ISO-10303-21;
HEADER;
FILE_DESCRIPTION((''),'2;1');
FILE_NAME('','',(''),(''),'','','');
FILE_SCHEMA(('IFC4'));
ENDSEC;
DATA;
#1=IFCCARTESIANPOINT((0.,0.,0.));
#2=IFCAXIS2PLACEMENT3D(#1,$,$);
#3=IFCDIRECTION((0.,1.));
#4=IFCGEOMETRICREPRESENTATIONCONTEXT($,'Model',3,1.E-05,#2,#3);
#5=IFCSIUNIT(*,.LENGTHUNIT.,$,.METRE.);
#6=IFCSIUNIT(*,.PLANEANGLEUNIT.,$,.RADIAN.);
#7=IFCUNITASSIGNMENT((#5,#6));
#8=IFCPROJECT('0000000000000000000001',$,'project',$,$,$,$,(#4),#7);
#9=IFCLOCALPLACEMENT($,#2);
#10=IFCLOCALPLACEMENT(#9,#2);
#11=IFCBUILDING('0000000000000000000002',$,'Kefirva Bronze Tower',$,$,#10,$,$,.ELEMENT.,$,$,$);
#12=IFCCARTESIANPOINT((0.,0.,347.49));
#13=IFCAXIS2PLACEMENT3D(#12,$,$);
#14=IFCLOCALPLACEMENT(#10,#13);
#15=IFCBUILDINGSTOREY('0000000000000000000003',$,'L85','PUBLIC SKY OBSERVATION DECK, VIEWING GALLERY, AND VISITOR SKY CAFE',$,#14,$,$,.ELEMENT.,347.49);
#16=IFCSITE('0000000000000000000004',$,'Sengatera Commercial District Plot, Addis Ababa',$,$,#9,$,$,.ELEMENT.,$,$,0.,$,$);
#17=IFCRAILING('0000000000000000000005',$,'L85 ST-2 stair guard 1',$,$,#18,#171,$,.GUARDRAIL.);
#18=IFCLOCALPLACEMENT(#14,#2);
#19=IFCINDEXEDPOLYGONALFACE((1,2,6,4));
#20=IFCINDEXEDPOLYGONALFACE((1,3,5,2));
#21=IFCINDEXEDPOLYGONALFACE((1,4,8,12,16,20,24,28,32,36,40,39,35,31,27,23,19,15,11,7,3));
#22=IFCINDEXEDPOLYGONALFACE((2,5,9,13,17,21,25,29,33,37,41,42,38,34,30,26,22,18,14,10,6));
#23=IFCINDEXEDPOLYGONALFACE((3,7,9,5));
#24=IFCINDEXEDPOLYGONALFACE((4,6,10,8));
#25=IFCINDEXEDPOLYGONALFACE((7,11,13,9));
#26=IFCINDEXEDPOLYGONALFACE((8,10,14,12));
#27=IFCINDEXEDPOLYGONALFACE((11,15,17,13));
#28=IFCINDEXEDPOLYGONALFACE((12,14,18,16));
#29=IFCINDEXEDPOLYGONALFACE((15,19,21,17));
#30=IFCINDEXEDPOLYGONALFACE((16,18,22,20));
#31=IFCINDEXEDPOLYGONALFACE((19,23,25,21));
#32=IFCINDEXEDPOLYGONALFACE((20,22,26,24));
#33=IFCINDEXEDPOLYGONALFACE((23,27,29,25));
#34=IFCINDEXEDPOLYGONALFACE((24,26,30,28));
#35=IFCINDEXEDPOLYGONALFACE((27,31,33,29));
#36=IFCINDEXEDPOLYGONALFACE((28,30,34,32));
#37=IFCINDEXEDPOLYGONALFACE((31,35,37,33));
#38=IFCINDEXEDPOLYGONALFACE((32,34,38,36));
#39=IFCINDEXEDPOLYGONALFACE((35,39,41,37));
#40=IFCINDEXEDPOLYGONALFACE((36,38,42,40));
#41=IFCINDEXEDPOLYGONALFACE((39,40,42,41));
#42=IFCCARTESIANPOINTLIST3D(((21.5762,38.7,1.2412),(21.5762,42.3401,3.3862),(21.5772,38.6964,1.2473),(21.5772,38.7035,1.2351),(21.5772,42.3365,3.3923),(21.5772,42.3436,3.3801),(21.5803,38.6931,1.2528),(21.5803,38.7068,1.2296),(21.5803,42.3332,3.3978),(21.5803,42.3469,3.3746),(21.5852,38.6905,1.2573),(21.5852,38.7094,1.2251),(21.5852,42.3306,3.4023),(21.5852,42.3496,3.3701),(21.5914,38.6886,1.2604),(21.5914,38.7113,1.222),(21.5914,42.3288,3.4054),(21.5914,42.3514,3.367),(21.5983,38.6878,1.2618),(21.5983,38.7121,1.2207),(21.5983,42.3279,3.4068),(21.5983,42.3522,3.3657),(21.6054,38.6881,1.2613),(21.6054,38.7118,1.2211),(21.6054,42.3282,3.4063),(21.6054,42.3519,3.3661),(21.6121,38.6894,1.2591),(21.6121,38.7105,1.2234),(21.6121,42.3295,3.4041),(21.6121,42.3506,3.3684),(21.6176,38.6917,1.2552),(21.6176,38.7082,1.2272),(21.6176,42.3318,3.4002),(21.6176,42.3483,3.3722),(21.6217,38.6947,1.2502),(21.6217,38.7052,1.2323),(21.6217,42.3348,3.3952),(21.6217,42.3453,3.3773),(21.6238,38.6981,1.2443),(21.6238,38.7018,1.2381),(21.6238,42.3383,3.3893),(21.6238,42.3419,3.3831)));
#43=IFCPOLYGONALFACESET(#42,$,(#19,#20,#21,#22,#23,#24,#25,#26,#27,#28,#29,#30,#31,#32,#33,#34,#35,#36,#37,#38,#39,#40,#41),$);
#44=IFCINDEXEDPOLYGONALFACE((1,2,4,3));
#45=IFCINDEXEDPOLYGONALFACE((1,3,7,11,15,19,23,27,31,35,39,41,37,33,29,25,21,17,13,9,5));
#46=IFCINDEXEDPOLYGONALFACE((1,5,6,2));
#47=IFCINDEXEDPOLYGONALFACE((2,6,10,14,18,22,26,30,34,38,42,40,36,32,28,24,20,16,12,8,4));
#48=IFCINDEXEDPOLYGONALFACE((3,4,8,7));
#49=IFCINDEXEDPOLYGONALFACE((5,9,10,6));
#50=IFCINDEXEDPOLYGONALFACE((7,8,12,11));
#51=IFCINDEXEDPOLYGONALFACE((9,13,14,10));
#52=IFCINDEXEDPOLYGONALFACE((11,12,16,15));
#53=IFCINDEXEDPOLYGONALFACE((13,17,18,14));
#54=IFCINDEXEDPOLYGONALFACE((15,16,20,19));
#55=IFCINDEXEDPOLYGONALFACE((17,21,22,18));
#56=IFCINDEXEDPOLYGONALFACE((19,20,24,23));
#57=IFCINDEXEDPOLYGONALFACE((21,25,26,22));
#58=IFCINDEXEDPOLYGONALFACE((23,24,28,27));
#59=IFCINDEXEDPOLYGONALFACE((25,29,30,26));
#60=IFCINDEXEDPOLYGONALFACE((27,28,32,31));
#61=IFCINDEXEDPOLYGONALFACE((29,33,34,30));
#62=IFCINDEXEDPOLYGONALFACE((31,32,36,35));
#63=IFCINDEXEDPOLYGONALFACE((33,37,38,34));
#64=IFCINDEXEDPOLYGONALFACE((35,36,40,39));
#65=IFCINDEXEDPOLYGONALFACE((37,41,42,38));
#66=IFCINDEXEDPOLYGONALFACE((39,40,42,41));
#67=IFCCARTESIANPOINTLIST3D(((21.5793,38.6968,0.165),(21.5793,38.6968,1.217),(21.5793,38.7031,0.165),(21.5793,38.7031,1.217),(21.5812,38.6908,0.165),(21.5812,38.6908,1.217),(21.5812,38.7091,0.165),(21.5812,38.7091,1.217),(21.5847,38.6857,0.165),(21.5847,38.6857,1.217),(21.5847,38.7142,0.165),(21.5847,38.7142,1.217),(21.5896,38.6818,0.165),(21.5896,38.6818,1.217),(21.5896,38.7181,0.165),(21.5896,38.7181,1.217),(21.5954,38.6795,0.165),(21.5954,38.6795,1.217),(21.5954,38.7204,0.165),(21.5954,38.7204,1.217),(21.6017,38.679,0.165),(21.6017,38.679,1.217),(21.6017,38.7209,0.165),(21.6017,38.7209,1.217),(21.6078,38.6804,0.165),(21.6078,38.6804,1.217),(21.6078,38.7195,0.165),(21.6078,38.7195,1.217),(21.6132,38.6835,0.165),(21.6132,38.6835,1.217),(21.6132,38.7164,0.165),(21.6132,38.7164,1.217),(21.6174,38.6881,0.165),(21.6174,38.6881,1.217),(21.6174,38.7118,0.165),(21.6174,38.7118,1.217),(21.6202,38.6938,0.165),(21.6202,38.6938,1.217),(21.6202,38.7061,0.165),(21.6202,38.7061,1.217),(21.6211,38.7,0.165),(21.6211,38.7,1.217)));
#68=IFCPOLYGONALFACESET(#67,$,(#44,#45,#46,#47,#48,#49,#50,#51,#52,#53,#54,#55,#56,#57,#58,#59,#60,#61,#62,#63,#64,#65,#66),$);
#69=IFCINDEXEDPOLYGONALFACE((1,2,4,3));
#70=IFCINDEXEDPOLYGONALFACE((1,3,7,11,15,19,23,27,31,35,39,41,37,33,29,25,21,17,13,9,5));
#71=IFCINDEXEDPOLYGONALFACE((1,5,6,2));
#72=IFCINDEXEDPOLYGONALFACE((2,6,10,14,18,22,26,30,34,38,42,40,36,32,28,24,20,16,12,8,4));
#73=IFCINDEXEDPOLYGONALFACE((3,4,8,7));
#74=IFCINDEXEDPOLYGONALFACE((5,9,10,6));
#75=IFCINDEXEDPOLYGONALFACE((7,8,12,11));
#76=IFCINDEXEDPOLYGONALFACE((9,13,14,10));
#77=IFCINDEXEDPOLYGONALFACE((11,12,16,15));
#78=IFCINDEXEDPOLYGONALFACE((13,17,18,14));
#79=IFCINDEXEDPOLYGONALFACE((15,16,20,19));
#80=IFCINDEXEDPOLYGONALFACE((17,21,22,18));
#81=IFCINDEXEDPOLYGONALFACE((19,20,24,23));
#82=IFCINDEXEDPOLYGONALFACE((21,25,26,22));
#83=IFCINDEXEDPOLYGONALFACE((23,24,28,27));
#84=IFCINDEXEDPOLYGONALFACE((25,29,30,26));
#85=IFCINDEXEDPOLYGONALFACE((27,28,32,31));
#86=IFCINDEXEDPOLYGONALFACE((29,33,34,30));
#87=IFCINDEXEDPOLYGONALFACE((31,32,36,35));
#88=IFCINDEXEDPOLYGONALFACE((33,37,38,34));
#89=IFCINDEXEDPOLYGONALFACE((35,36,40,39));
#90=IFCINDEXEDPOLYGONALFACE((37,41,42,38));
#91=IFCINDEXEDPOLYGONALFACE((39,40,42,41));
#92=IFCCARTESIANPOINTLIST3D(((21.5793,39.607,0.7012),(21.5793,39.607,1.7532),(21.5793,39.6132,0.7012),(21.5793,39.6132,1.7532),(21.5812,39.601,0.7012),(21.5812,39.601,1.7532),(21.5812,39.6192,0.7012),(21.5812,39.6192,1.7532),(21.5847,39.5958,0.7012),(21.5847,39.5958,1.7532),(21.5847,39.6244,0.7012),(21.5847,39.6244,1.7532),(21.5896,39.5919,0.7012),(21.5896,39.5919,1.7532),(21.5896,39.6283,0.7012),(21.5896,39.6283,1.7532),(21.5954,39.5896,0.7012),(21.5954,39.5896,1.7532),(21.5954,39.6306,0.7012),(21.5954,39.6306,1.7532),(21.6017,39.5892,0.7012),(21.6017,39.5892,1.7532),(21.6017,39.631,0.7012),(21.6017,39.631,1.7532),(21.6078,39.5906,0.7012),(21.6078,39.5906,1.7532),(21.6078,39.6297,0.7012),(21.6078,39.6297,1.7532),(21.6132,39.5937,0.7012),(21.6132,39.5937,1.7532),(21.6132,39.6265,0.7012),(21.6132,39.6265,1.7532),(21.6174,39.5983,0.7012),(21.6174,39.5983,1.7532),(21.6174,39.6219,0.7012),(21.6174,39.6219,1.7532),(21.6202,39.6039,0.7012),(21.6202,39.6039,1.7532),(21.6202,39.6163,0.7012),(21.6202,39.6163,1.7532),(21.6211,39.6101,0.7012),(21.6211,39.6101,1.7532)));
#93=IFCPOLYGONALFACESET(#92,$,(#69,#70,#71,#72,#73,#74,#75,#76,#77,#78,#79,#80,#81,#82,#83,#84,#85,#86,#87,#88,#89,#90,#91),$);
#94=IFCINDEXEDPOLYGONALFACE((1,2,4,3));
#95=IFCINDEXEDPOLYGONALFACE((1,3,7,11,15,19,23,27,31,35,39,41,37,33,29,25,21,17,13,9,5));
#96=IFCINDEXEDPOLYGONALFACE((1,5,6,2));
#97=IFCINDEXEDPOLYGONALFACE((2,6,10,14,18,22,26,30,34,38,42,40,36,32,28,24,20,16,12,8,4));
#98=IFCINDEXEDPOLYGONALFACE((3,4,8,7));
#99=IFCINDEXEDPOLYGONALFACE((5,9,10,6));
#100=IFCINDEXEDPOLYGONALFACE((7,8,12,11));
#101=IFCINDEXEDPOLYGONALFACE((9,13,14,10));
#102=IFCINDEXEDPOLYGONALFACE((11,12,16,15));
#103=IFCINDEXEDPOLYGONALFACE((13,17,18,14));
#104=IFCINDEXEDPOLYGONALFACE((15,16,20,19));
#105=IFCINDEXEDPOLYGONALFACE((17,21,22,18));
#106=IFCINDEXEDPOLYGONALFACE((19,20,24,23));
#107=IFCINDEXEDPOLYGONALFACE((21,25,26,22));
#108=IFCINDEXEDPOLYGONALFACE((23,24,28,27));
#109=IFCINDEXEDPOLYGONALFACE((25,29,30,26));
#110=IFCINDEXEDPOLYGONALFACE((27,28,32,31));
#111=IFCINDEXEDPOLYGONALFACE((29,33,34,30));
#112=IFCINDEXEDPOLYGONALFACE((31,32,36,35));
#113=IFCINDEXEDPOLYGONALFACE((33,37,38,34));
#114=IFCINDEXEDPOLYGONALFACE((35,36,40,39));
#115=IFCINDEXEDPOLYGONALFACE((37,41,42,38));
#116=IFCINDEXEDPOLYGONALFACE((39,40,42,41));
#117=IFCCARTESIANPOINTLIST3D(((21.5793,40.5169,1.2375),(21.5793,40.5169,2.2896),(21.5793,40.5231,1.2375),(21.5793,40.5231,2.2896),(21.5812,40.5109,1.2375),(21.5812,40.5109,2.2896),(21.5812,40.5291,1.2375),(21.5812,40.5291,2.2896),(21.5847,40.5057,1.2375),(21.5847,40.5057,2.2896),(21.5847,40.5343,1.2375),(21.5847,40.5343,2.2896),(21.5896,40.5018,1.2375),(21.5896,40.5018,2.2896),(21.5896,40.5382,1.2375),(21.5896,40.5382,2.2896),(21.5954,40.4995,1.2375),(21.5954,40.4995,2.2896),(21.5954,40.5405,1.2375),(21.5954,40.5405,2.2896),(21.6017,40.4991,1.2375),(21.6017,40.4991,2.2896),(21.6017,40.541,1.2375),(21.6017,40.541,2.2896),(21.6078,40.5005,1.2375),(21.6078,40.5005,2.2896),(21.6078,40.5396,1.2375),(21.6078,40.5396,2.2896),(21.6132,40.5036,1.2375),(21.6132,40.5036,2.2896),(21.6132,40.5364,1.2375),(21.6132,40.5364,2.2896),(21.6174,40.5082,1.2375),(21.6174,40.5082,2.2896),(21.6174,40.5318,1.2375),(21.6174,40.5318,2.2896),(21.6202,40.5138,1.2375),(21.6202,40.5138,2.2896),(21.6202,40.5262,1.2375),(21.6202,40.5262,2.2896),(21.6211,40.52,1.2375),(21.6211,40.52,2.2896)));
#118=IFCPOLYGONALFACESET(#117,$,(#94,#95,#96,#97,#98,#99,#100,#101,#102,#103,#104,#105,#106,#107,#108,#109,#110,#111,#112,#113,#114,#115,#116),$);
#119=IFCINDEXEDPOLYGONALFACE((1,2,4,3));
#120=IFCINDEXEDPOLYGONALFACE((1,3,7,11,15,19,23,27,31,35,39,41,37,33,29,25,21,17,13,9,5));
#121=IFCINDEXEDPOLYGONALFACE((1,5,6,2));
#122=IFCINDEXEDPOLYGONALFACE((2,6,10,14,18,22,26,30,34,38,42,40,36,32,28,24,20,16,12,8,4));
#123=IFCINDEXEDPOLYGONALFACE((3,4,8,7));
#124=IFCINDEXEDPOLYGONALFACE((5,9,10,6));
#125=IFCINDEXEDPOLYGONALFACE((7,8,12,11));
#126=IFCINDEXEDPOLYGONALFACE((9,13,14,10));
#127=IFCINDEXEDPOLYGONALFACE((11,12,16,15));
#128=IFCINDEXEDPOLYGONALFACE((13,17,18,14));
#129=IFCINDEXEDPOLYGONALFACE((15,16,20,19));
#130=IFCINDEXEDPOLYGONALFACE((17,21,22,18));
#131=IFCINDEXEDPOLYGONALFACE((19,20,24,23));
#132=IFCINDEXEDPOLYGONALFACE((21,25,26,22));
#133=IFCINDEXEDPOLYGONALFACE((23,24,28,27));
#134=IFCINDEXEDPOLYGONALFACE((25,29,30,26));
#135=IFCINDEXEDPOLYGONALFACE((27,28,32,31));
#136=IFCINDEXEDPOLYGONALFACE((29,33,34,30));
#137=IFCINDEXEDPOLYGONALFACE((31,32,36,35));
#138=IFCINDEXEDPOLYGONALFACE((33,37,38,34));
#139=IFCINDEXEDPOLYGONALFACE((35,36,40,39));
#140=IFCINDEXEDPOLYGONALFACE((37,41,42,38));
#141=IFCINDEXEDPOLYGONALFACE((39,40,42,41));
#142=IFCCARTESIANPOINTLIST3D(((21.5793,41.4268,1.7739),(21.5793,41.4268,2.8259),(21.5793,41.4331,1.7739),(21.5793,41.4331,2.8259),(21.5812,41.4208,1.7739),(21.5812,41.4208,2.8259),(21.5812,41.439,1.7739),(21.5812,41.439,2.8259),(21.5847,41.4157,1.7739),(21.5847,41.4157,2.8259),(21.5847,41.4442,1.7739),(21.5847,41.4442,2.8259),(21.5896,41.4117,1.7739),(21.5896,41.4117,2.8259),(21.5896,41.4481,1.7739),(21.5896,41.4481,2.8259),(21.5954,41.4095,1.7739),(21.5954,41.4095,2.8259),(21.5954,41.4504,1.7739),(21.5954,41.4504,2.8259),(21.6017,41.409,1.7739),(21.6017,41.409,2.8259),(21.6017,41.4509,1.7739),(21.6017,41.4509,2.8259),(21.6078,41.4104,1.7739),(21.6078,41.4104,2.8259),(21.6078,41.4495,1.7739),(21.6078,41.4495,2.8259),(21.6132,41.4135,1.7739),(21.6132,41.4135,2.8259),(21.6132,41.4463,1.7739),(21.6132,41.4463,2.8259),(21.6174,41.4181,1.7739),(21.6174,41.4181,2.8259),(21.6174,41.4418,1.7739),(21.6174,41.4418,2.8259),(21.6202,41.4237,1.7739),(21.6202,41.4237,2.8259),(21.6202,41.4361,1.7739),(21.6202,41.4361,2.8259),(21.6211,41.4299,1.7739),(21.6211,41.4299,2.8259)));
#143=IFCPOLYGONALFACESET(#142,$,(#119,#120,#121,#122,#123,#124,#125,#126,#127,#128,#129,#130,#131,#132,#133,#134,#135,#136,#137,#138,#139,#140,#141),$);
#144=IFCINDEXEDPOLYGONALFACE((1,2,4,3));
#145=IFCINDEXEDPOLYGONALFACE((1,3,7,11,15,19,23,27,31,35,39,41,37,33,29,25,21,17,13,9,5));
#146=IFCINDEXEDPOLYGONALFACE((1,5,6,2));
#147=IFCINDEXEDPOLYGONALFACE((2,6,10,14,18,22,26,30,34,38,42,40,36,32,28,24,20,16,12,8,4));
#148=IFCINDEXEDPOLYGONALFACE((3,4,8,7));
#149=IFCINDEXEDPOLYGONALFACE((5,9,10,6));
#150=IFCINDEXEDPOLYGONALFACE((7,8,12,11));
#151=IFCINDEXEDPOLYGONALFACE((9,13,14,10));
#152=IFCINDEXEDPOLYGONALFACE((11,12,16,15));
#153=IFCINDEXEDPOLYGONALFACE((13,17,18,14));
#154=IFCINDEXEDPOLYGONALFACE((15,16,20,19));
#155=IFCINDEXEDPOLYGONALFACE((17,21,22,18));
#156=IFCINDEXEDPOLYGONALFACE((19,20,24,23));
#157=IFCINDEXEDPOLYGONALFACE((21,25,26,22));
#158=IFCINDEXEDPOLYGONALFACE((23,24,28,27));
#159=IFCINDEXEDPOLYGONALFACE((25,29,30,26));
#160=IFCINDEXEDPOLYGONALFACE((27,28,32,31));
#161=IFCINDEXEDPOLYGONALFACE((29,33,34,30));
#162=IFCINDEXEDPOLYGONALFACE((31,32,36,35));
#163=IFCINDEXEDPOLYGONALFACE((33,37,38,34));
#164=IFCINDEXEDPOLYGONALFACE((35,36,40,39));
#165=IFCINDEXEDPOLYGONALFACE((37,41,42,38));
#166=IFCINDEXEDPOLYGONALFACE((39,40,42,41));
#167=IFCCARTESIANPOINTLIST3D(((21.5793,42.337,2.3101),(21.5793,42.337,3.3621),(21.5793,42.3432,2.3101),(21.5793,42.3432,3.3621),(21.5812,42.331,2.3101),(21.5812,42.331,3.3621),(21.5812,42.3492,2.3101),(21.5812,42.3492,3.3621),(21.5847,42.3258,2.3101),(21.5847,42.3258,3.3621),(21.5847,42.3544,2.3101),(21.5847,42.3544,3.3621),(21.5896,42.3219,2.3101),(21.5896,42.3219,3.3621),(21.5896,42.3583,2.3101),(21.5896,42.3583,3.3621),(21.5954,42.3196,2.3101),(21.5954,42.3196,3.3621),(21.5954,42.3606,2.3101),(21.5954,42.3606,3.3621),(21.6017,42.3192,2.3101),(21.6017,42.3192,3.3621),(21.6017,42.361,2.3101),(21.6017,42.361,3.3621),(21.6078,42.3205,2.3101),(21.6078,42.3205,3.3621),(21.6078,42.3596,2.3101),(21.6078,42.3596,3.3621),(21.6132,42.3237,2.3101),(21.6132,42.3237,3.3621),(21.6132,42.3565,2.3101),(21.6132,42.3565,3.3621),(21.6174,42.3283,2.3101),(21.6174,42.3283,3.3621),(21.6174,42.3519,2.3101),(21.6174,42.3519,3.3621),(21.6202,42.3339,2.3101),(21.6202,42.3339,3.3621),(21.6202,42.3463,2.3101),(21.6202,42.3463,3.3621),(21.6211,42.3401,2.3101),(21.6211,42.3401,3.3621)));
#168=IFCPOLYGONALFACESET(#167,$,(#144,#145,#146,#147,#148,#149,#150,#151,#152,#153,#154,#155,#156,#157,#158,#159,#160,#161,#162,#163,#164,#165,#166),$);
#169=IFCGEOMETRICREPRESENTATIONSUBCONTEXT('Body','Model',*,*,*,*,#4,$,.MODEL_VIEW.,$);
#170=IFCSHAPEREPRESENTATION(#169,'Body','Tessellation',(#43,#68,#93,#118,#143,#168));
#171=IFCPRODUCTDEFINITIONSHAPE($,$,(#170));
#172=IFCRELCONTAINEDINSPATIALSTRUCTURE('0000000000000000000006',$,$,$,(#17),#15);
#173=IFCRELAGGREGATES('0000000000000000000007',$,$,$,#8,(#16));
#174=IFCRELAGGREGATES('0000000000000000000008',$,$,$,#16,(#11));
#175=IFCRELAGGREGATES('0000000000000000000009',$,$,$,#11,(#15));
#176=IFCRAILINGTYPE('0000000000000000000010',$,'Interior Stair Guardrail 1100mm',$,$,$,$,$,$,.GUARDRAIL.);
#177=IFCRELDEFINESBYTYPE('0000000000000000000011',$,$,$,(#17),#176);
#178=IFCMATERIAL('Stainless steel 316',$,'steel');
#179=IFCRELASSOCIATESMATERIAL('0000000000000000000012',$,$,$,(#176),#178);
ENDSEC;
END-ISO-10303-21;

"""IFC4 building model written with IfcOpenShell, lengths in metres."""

from ifc_helpers import new_model, si_unit, direction, frame, origin, origin_2d, place, context, subcontext, project, spatial, circle, extrude, material, type_object, element, save


model = new_model("IFC4")

# Units and contexts
model_context = context("Model", 3, precision=1e-05, world=origin(), true_north=direction((0.0, 1.0)))
body_context = subcontext(model_context, "Body", "Model", "MODEL_VIEW")
ifc_project = project(units=[si_unit("LENGTHUNIT", "METRE"), si_unit("PLANEANGLEUNIT", "RADIAN")], contexts=[model_context])

# Site, building, storey
site_placement = place(None, origin())
site = spatial("IfcSite", under=ifc_project, at=site_placement, Name="Sengatera Commercial District Plot, Addis Ababa", CompositionType="ELEMENT", RefElevation=0.0)
building_placement = place(site_placement, origin())
building = spatial("IfcBuilding", under=site, at=building_placement, Name="Kefirva Bronze Tower", CompositionType="ELEMENT")
storey_placement = place(building_placement, frame((0.0, 0.0, 347.49)))
storey = spatial("IfcBuildingStorey", under=building, at=storey_placement, Name="L85", Description="PUBLIC SKY OBSERVATION DECK, VIEWING GALLERY, AND VISITOR SKY CAFE", CompositionType="ELEMENT", Elevation=347.49)

# Railing
ifc_material_1 = material(Name="Stainless steel 316", Category="steel")
railing_type_1 = type_object("IfcRailingType", Name="Interior Stair Guardrail 1100mm", PredefinedType="GUARDRAIL", material=ifc_material_1)
railing_1_placement = place(storey_placement, frame((21.6001, 38.7, 0.165)))
element("IfcRailing", 1, at=railing_1_placement, inside=storey, type_object=railing_type_1, Name="L85 ST-2 stair guard 1", PredefinedType="GUARDRAIL", context=body_context, shape_type="SweptSolid", body=[
    extrude(circle(Radius=0.0239, at=origin_2d()), frame((0.0, 0.0, 1.0762), z_axis=(0.0, 0.861545, 0.507682), x_axis=(-1.0, 0.0, 0.0)), (0.0, 0.0, 1.0), 4.2251),
    extrude(circle(Radius=0.021, at=origin_2d()), origin(), (0.0, 0.0, 1.0), 1.052),
    extrude(circle(Radius=0.021, at=origin_2d()), frame((0.0, 0.9102, 0.5361)), (0.0, 0.0, 1.0), 1.052),
    extrude(circle(Radius=0.021, at=origin_2d()), frame((0.0, 1.8201, 1.0725)), (0.0, 0.0, 1.0), 1.052),
    extrude(circle(Radius=0.021, at=origin_2d()), frame((0.0, 2.73, 1.6089)), (0.0, 0.0, 1.0), 1.052),
    extrude(circle(Radius=0.021, at=origin_2d()), frame((0.0, 3.6401, 2.145)), (0.0, 0.0, 1.0), 1.052),
])

save(model, "model.ifc")
